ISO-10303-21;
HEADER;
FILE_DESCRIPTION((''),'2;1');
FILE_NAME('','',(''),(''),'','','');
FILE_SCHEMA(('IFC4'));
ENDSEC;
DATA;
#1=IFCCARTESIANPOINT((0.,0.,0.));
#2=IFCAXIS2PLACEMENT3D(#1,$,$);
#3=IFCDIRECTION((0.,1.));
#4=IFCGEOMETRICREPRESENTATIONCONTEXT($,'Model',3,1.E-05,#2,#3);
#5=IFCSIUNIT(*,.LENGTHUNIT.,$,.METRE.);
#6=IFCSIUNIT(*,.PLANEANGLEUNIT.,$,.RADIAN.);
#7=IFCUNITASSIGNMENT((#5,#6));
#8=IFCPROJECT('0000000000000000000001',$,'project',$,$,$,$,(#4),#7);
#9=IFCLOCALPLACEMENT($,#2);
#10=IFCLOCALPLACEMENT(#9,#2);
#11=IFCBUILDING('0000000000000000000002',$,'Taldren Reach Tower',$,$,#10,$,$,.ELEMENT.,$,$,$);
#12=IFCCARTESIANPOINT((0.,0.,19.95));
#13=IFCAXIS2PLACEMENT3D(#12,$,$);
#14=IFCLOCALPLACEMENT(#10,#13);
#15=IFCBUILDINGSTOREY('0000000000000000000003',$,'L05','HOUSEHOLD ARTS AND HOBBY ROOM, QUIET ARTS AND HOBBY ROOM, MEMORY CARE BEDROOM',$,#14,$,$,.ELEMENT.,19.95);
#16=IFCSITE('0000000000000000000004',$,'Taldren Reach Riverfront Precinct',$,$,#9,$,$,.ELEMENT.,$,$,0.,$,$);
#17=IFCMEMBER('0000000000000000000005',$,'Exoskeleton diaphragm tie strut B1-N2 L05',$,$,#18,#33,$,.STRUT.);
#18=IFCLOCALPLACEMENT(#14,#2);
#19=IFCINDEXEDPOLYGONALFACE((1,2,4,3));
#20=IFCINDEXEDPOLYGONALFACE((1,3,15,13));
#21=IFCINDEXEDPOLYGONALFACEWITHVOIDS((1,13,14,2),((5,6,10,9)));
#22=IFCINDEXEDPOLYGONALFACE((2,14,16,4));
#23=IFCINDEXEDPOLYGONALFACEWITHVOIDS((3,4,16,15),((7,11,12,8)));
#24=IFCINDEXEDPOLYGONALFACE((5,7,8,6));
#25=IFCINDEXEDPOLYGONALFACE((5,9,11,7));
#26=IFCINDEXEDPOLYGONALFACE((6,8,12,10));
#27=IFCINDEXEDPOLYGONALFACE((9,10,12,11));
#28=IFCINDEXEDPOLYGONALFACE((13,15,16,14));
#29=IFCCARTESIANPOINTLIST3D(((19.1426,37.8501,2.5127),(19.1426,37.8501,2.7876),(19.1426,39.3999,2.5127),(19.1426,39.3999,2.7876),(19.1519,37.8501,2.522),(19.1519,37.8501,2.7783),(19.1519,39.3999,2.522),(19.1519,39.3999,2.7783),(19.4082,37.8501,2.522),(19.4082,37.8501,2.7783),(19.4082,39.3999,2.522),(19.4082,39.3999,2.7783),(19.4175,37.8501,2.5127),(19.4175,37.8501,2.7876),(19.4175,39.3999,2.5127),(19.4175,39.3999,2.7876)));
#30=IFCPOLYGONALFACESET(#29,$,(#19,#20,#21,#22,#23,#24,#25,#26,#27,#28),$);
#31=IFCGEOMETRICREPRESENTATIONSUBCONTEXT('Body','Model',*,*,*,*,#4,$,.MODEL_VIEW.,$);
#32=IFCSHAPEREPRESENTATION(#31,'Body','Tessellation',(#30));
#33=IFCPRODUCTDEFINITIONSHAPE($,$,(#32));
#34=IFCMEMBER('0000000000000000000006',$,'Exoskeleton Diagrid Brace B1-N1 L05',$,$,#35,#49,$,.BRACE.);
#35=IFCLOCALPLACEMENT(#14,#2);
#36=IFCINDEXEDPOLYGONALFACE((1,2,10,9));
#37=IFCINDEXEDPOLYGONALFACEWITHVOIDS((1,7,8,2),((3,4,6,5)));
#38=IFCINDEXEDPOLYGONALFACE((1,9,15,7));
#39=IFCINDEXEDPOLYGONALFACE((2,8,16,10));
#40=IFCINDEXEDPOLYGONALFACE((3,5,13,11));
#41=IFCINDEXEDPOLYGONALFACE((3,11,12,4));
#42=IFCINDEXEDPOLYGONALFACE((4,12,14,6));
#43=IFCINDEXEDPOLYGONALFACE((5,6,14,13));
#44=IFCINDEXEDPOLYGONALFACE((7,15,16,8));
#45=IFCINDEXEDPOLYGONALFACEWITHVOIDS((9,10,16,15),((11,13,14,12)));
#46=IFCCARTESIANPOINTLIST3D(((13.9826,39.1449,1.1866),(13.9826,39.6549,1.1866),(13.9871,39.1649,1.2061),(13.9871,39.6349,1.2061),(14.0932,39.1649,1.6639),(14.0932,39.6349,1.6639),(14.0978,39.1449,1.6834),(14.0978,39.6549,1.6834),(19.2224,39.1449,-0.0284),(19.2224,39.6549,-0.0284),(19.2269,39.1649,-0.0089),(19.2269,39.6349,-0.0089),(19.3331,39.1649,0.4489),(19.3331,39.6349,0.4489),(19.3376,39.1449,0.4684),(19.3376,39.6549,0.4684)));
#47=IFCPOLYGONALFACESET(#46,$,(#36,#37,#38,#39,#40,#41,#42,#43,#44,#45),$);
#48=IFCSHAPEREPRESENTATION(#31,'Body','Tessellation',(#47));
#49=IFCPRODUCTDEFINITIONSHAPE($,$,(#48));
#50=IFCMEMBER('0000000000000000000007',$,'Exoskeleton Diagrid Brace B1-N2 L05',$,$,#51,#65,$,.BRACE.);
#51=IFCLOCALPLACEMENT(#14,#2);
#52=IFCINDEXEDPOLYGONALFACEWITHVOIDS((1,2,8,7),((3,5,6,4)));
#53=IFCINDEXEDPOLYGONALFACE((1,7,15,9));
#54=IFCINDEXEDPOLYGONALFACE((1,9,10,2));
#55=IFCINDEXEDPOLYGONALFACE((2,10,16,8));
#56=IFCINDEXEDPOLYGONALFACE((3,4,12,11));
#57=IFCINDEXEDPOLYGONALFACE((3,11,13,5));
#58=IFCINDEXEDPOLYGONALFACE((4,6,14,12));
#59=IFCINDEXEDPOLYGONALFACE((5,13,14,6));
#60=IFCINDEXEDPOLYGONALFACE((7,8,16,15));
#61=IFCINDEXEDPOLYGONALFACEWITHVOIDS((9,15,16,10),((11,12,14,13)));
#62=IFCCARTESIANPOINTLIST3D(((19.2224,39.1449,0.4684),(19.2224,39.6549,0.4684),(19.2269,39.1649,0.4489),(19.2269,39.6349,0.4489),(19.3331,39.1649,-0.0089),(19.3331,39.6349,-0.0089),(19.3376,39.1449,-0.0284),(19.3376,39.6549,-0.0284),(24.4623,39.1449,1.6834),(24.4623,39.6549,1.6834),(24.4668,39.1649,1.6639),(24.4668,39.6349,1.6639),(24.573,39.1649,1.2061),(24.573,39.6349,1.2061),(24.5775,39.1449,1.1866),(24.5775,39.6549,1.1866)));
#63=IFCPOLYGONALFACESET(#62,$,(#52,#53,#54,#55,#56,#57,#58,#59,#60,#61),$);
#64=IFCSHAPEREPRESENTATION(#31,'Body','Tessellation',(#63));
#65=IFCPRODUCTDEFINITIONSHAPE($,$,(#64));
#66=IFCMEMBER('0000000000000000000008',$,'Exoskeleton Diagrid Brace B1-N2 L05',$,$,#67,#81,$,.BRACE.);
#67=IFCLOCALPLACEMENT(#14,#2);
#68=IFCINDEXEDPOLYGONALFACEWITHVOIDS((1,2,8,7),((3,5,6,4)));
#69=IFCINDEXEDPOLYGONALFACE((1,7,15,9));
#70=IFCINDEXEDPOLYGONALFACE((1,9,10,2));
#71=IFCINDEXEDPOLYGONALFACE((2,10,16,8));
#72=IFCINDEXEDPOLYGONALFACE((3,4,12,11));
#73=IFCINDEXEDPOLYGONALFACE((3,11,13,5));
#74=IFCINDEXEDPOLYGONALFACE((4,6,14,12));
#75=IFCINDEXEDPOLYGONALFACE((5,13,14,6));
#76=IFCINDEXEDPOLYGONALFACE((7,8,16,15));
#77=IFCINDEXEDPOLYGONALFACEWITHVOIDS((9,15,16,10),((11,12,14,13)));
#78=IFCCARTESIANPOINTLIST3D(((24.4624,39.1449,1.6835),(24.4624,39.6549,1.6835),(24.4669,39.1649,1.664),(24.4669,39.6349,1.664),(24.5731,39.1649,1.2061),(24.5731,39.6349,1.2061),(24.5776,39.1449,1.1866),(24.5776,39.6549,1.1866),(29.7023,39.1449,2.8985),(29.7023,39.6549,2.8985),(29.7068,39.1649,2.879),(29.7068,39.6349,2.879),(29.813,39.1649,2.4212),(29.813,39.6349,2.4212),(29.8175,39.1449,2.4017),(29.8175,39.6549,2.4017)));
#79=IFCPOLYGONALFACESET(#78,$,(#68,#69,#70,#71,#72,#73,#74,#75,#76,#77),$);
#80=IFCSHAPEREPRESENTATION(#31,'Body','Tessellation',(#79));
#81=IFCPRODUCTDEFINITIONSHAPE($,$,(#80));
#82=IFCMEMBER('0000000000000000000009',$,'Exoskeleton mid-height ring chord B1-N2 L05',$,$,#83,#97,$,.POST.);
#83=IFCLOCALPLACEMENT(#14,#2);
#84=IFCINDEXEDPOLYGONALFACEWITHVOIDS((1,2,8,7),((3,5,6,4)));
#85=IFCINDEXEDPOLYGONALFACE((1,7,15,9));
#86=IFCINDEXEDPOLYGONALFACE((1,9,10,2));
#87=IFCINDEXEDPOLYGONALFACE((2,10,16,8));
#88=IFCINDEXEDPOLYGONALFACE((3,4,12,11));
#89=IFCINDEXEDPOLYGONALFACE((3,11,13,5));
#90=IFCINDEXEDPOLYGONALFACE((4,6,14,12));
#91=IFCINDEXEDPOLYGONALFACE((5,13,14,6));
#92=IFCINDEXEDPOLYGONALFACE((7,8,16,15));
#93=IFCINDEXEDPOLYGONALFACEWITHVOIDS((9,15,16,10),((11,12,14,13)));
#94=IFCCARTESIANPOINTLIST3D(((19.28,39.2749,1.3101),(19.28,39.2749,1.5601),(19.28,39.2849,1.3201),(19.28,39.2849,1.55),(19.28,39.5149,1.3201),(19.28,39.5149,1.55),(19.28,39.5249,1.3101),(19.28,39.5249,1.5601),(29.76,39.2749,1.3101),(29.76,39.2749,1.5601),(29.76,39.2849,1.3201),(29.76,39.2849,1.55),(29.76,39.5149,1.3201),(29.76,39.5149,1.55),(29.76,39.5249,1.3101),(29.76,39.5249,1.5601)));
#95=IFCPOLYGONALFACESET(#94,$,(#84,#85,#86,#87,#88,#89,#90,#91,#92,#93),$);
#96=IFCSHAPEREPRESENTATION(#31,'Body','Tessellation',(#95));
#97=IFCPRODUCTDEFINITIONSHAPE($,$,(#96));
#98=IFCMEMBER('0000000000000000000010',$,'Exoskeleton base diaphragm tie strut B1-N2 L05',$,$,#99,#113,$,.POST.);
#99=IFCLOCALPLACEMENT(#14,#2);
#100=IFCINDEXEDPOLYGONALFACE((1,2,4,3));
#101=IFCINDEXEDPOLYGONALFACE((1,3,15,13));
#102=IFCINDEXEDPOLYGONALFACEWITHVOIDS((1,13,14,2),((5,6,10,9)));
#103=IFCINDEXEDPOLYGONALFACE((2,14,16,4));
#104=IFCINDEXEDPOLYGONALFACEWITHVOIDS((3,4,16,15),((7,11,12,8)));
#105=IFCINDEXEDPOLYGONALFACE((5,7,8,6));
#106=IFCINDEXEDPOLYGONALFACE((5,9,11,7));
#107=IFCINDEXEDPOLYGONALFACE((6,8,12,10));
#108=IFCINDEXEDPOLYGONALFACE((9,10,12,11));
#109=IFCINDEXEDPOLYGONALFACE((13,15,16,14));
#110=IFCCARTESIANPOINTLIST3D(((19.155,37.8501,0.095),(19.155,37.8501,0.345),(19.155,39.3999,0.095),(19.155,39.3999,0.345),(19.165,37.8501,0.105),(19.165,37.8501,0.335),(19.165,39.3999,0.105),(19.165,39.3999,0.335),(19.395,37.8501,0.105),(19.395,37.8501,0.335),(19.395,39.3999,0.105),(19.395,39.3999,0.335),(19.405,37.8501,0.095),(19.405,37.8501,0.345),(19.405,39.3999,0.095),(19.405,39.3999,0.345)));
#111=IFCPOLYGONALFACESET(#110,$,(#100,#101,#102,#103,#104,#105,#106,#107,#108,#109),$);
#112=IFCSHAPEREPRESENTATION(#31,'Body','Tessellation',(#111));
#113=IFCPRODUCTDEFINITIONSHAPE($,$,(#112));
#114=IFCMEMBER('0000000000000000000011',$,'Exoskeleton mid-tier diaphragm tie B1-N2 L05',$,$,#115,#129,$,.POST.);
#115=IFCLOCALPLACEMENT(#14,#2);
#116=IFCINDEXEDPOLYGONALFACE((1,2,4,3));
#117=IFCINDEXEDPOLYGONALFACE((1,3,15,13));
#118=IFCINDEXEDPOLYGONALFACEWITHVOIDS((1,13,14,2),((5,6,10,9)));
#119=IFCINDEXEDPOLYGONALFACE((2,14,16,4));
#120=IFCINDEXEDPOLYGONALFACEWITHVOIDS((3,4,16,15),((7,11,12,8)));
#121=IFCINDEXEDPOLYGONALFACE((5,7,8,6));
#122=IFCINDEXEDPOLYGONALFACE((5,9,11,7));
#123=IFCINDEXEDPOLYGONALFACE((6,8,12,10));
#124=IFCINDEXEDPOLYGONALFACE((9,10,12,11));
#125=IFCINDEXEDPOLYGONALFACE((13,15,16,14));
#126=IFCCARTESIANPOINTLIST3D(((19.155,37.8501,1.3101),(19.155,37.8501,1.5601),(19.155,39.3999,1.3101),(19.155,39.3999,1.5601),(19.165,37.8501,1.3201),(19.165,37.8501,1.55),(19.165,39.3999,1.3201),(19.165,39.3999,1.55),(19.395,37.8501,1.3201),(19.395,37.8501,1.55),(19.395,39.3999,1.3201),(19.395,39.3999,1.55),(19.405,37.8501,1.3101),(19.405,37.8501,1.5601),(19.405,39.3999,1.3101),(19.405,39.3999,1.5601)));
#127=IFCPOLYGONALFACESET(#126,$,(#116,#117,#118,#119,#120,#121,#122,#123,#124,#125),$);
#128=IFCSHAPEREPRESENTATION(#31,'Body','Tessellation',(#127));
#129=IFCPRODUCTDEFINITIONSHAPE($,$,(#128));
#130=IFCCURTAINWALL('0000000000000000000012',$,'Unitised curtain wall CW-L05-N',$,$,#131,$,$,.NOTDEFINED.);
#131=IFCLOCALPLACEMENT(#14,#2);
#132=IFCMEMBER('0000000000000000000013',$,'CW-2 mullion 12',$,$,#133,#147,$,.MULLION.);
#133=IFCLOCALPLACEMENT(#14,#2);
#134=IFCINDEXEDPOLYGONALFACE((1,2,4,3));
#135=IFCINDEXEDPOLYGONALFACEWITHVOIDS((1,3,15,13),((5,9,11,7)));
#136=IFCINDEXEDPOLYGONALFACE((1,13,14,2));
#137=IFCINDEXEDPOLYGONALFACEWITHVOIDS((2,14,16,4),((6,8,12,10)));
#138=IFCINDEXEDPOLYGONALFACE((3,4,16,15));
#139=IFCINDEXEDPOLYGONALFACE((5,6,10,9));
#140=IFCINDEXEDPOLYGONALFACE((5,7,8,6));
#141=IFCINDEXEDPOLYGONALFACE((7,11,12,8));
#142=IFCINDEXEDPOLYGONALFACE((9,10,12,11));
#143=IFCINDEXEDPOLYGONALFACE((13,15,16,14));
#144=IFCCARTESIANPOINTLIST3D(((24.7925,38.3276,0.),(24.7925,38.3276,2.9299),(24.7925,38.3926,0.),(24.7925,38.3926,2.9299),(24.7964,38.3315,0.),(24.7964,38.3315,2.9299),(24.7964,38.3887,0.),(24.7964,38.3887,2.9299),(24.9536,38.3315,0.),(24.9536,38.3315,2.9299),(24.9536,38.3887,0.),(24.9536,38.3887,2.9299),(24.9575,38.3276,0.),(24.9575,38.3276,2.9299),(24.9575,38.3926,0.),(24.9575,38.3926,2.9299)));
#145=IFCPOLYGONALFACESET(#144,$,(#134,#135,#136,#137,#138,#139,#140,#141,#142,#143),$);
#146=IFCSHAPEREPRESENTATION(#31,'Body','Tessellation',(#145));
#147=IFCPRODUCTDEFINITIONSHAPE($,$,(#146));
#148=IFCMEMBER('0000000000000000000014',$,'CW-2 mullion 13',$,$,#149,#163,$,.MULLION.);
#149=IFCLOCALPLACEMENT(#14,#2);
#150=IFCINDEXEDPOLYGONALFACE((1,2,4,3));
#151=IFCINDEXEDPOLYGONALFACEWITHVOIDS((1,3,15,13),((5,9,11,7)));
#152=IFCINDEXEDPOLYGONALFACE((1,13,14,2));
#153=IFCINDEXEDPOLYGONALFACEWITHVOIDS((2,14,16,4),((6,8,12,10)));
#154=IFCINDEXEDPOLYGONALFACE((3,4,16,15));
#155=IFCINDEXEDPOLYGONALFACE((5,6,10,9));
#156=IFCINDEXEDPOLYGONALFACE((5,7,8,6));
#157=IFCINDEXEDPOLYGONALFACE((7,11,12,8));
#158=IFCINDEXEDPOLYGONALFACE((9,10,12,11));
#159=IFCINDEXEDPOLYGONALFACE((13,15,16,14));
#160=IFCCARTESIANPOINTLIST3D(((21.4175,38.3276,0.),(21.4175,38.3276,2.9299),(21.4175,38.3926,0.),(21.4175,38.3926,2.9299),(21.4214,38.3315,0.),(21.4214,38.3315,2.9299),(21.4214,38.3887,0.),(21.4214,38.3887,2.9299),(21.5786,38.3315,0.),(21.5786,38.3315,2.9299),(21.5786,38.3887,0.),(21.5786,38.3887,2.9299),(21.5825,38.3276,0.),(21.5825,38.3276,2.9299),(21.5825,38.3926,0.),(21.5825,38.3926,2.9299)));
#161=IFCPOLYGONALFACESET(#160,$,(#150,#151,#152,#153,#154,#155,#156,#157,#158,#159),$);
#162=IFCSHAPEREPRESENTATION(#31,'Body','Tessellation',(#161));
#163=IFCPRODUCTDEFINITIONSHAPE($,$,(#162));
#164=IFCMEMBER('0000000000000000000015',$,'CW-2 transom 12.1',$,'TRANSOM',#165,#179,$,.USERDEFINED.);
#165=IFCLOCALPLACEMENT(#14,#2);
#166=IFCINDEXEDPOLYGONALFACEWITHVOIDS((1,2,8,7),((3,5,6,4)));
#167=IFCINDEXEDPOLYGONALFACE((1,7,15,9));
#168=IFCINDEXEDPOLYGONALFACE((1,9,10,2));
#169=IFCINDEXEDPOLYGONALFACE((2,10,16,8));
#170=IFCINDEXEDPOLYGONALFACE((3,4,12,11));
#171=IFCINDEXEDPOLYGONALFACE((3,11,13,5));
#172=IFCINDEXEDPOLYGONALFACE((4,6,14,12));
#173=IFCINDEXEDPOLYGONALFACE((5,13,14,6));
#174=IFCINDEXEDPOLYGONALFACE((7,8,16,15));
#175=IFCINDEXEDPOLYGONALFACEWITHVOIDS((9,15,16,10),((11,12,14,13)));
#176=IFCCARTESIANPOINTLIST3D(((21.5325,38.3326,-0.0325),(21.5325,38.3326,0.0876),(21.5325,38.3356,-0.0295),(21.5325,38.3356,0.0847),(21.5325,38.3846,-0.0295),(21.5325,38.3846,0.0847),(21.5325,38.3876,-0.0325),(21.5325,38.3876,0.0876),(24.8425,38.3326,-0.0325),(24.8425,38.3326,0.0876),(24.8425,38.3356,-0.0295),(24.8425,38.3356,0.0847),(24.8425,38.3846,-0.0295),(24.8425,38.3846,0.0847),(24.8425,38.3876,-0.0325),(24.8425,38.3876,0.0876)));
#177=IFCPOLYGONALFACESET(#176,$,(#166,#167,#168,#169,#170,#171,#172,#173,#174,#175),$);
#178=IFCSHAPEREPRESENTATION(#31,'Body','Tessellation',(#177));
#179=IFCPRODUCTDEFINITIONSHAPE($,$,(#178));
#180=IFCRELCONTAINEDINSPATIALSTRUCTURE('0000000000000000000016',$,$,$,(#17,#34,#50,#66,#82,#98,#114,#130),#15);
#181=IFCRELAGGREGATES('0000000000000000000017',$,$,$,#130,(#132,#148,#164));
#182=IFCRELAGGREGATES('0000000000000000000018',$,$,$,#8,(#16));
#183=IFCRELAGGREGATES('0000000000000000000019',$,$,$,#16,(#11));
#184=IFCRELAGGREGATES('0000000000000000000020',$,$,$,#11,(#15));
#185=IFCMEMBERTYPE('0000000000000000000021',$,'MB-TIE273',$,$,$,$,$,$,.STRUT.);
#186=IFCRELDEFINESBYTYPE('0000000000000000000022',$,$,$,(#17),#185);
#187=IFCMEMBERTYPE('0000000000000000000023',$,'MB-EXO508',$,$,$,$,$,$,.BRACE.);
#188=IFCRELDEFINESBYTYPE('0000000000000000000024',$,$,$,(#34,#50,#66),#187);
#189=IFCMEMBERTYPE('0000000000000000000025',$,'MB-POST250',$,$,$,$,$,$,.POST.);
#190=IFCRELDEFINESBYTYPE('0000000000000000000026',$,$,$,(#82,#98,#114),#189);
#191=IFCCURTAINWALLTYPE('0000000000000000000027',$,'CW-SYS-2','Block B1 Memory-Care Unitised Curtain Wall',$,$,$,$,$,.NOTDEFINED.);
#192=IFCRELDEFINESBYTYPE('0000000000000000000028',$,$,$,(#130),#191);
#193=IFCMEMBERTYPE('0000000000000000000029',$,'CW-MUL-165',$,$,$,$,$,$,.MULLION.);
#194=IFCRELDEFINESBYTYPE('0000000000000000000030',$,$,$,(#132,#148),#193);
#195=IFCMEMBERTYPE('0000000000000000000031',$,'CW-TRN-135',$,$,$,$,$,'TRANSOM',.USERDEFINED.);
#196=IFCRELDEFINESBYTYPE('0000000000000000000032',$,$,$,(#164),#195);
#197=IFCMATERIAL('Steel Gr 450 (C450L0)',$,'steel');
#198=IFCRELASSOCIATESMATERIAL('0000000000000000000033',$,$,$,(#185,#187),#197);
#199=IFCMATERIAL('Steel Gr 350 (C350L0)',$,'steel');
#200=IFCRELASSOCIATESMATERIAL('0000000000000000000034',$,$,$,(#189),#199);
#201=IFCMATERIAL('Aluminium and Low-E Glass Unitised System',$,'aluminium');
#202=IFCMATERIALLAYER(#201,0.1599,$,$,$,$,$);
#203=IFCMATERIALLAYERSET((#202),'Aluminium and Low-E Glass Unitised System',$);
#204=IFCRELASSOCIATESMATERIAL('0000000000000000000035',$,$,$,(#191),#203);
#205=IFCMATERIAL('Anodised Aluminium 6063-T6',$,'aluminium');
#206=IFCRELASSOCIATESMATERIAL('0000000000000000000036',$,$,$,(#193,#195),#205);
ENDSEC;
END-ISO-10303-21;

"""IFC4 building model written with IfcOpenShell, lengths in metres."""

from ifc_helpers import new_model, si_unit, direction, frame, origin, origin_2d, place, context, subcontext, project, spatial, hollow_rectangle, extrude, source, transform, mapped, material, layer, layer_set, material_profile, profile_set, type_object, element, aggregate, save


model = new_model("IFC4")

# Units and contexts
model_context = context("Model", 3, precision=1e-05, world=origin(), true_north=direction((0.0, 1.0)))
body_context = subcontext(model_context, "Body", "Model", "MODEL_VIEW")
ifc_project = project(units=[si_unit("LENGTHUNIT", "METRE"), si_unit("PLANEANGLEUNIT", "RADIAN")], contexts=[model_context])

# Site, building, storey
site_placement = place(None, origin())
site = spatial("IfcSite", under=ifc_project, at=site_placement, Name="Taldren Reach Riverfront Precinct", CompositionType="ELEMENT", RefElevation=0.0)
building_placement = place(site_placement, origin())
building = spatial("IfcBuilding", under=site, at=building_placement, Name="Taldren Reach Tower", CompositionType="ELEMENT")
storey_placement = place(building_placement, frame((0.0, 0.0, 19.95)))
storey = spatial("IfcBuildingStorey", under=building, at=storey_placement, Name="L05", Description="HOUSEHOLD ARTS AND HOBBY ROOM, QUIET ARTS AND HOBBY ROOM, MEMORY CARE BEDROOM", CompositionType="ELEMENT", Elevation=19.95)

# Members
ifc_material_1 = material(Name="Steel Gr 450 (C450L0)", Category="steel")
ifc_material_profile_1 = material_profile(ifc_material_1, hollow_rectangle(XDim=0.2749, YDim=0.2749, WallThickness=0.0093, at=origin_2d()), Name="275x275x9.3SHS")
ifc_profile_set_1 = profile_set([ifc_material_profile_1], Name="Steel Gr 450 (C450L0)")
member_type_1 = type_object("IfcMemberType", Name="MB-TIE273", PredefinedType="STRUT", material=ifc_profile_set_1)
shared_shape_1 = source(origin(), body_context, "Body", "SweptSolid", [
    extrude(hollow_rectangle(XDim=0.2749, YDim=0.2749, WallThickness=0.0093, at=origin_2d()), origin(), (0.0, 0.0, 1.0), 1.5498),
])
member_1_placement = place(storey_placement, frame((19.28, 37.8501, 2.6501), z_axis=(0.0, 1.0, 0.0), x_axis=(-1.0, 0.0, 0.0)))
element("IfcMember", 1, at=member_1_placement, inside=storey, type_object=member_type_1, Name="Exoskeleton diaphragm tie strut B1-N2 L05", PredefinedType="STRUT", context=body_context, shape_type="MappedRepresentation", body=[
    mapped(shared_shape_1, transform((0.0, 0.0, 0.0), scale=1.0)),
])
ifc_material_profile_2 = material_profile(ifc_material_1, hollow_rectangle(XDim=0.51, YDim=0.51, WallThickness=0.02, at=origin_2d()), Name="510x510x20.0SHS")
ifc_profile_set_2 = profile_set([ifc_material_profile_2], Name="Steel Gr 450 (C450L0)")
member_type_2 = type_object("IfcMemberType", Name="MB-EXO508", PredefinedType="BRACE", material=ifc_profile_set_2)
shared_shape_2 = source(origin(), body_context, "Body", "SweptSolid", [
    extrude(hollow_rectangle(XDim=0.51, YDim=0.51, WallThickness=0.02, at=origin_2d()), origin(), (0.0, 0.0, 1.0), 5.3789),
])
for number, where, z_axis, x_axis, name in (
    (2, (19.28, 39.3999, 0.22), (-0.974152, 0.0, 0.225894), (0.0, -1.0, 0.0), "Exoskeleton Diagrid Brace B1-N1 L05"),
    (3, (19.28, 39.3999, 0.22), (0.974152, 0.0, 0.225894), (0.0, 1.0, 0.0), "Exoskeleton Diagrid Brace B1-N2 L05"),
    (4, (24.52, 39.3999, 1.4351), (0.974152, 0.0, 0.225894), (0.0, 1.0, 0.0), "Exoskeleton Diagrid Brace B1-N2 L05"),
):
    element("IfcMember", number, at=place(storey_placement, frame(where, z_axis=z_axis, x_axis=x_axis)), inside=storey, type_object=member_type_2, Name=name, PredefinedType="BRACE", context=body_context, shape_type="MappedRepresentation", body=[
        mapped(shared_shape_2, transform((0.0, 0.0, 0.0), scale=1.0)),
    ])
ifc_material_2 = material(Name="Steel Gr 350 (C350L0)", Category="steel")
ifc_material_profile_3 = material_profile(ifc_material_2, hollow_rectangle(XDim=0.25, YDim=0.25, WallThickness=0.01, at=origin_2d()), Name="250x250x10.0SHS")
ifc_profile_set_3 = profile_set([ifc_material_profile_3], Name="Steel Gr 350 (C350L0)")
member_type_3 = type_object("IfcMemberType", Name="MB-POST250", PredefinedType="POST", material=ifc_profile_set_3)
shared_shape_3 = source(origin(), body_context, "Body", "SweptSolid", [
    extrude(hollow_rectangle(XDim=0.25, YDim=0.25, WallThickness=0.01, at=origin_2d()), origin(), (0.0, 0.0, 1.0), 10.48),
])
member_2_placement = place(storey_placement, frame((19.28, 39.3999, 1.4351), z_axis=(1.0, 0.0, 0.0), x_axis=(0.0, 1.0, 0.0)))
element("IfcMember", 5, at=member_2_placement, inside=storey, type_object=member_type_3, Name="Exoskeleton mid-height ring chord B1-N2 L05", PredefinedType="POST", context=body_context, shape_type="MappedRepresentation", body=[
    mapped(shared_shape_3, transform((0.0, 0.0, 0.0), scale=1.0)),
])
shared_shape_4 = source(origin(), body_context, "Body", "SweptSolid", [
    extrude(hollow_rectangle(XDim=0.25, YDim=0.25, WallThickness=0.01, at=origin_2d()), origin(), (0.0, 0.0, 1.0), 1.5498),
])
for number, where, z_axis, x_axis, name in (
    (6, (19.28, 37.8501, 0.22), (0.0, 1.0, 0.0), (-1.0, 0.0, 0.0), "Exoskeleton base diaphragm tie strut B1-N2 L05"),
    (7, (19.28, 37.8501, 1.4351), (0.0, 1.0, 0.0), (-1.0, 0.0, 0.0), "Exoskeleton mid-tier diaphragm tie B1-N2 L05"),
):
    element("IfcMember", number, at=place(storey_placement, frame(where, z_axis=z_axis, x_axis=x_axis)), inside=storey, type_object=member_type_3, Name=name, PredefinedType="POST", context=body_context, shape_type="MappedRepresentation", body=[
        mapped(shared_shape_4, transform((0.0, 0.0, 0.0), scale=1.0)),
    ])

# Curtain wall, members
ifc_material_3 = material(Name="Aluminium and Low-E Glass Unitised System", Category="aluminium")
ifc_layer_1 = layer(ifc_material_3, 0.1599)
ifc_layer_set_1 = layer_set([ifc_layer_1], Name="Aluminium and Low-E Glass Unitised System")
curtain_wall_type = type_object("IfcCurtainWallType", Name="CW-SYS-2", Description="Block B1 Memory-Care Unitised Curtain Wall", PredefinedType="NOTDEFINED", material=ifc_layer_set_1)
curtain_wall_placement = place(storey_placement, origin())
curtain_wall = element("IfcCurtainWall", 8, at=curtain_wall_placement, inside=storey, type_object=curtain_wall_type, Name="Unitised curtain wall CW-L05-N", PredefinedType="NOTDEFINED")
ifc_material_4 = material(Name="Anodised Aluminium 6063-T6", Category="aluminium")
ifc_material_profile_4 = material_profile(ifc_material_4, hollow_rectangle(XDim=0.0649, YDim=0.165, WallThickness=0.0039, at=origin_2d()), Name="ALU-165x65x4RHS")
ifc_profile_set_4 = profile_set([ifc_material_profile_4], Name="Anodised Aluminium 6063-T6")
member_type_4 = type_object("IfcMemberType", Name="CW-MUL-165", PredefinedType="MULLION", material=ifc_profile_set_4)
shared_shape_5 = source(origin(), body_context, "Body", "SweptSolid", [
    extrude(hollow_rectangle(XDim=0.0649, YDim=0.165, WallThickness=0.0039, at=origin_2d()), origin(), (0.0, 0.0, 1.0), 2.9299),
])
member_3_placement = place(storey_placement, frame((24.875, 38.3601, 0.0), z_axis=(0.0, 0.0, 1.0), x_axis=(0.0, -1.0, 0.0)))
member_3 = element("IfcMember", 9, at=member_3_placement, type_object=member_type_4, Name="CW-2 mullion 12", PredefinedType="MULLION", context=body_context, shape_type="MappedRepresentation", body=[
    mapped(shared_shape_5, transform((0.0, 0.0, 0.0), scale=1.0)),
])
member_4_placement = place(storey_placement, frame((21.5, 38.3601, 0.0), z_axis=(0.0, 0.0, 1.0), x_axis=(0.0, -1.0, 0.0)))
member_4 = element("IfcMember", 10, at=member_4_placement, type_object=member_type_4, Name="CW-2 mullion 13", PredefinedType="MULLION", context=body_context, shape_type="MappedRepresentation", body=[
    mapped(shared_shape_5, transform((0.0, 0.0, 0.0), scale=1.0)),
])
ifc_material_profile_5 = material_profile(ifc_material_4, hollow_rectangle(XDim=0.0549, YDim=0.1201, WallThickness=0.0029, at=origin_2d()), Name="ALU-120x55x3RHS")
ifc_profile_set_5 = profile_set([ifc_material_profile_5], Name="Anodised Aluminium 6063-T6")
member_type_5 = type_object("IfcMemberType", Name="CW-TRN-135", ElementType="TRANSOM", PredefinedType="USERDEFINED", material=ifc_profile_set_5)
shared_shape_6 = source(origin(), body_context, "Body", "SweptSolid", [
    extrude(hollow_rectangle(XDim=0.0549, YDim=0.1201, WallThickness=0.0029, at=origin_2d()), origin(), (0.0, 0.0, 1.0), 3.3101),
])
member_5_placement = place(storey_placement, frame((24.8425, 38.3601, 0.0276), z_axis=(-1.0, 0.0, 0.0), x_axis=(0.0, -1.0, 0.0)))
member_5 = element("IfcMember", 11, at=member_5_placement, type_object=member_type_5, Name="CW-2 transom 12.1", ObjectType="TRANSOM", PredefinedType="USERDEFINED", context=body_context, shape_type="MappedRepresentation", body=[
    mapped(shared_shape_6, transform((0.0, 0.0, 0.0), scale=1.0)),
])

aggregate(curtain_wall, [member_3, member_4, member_5])

save(model, "model.ifc")
